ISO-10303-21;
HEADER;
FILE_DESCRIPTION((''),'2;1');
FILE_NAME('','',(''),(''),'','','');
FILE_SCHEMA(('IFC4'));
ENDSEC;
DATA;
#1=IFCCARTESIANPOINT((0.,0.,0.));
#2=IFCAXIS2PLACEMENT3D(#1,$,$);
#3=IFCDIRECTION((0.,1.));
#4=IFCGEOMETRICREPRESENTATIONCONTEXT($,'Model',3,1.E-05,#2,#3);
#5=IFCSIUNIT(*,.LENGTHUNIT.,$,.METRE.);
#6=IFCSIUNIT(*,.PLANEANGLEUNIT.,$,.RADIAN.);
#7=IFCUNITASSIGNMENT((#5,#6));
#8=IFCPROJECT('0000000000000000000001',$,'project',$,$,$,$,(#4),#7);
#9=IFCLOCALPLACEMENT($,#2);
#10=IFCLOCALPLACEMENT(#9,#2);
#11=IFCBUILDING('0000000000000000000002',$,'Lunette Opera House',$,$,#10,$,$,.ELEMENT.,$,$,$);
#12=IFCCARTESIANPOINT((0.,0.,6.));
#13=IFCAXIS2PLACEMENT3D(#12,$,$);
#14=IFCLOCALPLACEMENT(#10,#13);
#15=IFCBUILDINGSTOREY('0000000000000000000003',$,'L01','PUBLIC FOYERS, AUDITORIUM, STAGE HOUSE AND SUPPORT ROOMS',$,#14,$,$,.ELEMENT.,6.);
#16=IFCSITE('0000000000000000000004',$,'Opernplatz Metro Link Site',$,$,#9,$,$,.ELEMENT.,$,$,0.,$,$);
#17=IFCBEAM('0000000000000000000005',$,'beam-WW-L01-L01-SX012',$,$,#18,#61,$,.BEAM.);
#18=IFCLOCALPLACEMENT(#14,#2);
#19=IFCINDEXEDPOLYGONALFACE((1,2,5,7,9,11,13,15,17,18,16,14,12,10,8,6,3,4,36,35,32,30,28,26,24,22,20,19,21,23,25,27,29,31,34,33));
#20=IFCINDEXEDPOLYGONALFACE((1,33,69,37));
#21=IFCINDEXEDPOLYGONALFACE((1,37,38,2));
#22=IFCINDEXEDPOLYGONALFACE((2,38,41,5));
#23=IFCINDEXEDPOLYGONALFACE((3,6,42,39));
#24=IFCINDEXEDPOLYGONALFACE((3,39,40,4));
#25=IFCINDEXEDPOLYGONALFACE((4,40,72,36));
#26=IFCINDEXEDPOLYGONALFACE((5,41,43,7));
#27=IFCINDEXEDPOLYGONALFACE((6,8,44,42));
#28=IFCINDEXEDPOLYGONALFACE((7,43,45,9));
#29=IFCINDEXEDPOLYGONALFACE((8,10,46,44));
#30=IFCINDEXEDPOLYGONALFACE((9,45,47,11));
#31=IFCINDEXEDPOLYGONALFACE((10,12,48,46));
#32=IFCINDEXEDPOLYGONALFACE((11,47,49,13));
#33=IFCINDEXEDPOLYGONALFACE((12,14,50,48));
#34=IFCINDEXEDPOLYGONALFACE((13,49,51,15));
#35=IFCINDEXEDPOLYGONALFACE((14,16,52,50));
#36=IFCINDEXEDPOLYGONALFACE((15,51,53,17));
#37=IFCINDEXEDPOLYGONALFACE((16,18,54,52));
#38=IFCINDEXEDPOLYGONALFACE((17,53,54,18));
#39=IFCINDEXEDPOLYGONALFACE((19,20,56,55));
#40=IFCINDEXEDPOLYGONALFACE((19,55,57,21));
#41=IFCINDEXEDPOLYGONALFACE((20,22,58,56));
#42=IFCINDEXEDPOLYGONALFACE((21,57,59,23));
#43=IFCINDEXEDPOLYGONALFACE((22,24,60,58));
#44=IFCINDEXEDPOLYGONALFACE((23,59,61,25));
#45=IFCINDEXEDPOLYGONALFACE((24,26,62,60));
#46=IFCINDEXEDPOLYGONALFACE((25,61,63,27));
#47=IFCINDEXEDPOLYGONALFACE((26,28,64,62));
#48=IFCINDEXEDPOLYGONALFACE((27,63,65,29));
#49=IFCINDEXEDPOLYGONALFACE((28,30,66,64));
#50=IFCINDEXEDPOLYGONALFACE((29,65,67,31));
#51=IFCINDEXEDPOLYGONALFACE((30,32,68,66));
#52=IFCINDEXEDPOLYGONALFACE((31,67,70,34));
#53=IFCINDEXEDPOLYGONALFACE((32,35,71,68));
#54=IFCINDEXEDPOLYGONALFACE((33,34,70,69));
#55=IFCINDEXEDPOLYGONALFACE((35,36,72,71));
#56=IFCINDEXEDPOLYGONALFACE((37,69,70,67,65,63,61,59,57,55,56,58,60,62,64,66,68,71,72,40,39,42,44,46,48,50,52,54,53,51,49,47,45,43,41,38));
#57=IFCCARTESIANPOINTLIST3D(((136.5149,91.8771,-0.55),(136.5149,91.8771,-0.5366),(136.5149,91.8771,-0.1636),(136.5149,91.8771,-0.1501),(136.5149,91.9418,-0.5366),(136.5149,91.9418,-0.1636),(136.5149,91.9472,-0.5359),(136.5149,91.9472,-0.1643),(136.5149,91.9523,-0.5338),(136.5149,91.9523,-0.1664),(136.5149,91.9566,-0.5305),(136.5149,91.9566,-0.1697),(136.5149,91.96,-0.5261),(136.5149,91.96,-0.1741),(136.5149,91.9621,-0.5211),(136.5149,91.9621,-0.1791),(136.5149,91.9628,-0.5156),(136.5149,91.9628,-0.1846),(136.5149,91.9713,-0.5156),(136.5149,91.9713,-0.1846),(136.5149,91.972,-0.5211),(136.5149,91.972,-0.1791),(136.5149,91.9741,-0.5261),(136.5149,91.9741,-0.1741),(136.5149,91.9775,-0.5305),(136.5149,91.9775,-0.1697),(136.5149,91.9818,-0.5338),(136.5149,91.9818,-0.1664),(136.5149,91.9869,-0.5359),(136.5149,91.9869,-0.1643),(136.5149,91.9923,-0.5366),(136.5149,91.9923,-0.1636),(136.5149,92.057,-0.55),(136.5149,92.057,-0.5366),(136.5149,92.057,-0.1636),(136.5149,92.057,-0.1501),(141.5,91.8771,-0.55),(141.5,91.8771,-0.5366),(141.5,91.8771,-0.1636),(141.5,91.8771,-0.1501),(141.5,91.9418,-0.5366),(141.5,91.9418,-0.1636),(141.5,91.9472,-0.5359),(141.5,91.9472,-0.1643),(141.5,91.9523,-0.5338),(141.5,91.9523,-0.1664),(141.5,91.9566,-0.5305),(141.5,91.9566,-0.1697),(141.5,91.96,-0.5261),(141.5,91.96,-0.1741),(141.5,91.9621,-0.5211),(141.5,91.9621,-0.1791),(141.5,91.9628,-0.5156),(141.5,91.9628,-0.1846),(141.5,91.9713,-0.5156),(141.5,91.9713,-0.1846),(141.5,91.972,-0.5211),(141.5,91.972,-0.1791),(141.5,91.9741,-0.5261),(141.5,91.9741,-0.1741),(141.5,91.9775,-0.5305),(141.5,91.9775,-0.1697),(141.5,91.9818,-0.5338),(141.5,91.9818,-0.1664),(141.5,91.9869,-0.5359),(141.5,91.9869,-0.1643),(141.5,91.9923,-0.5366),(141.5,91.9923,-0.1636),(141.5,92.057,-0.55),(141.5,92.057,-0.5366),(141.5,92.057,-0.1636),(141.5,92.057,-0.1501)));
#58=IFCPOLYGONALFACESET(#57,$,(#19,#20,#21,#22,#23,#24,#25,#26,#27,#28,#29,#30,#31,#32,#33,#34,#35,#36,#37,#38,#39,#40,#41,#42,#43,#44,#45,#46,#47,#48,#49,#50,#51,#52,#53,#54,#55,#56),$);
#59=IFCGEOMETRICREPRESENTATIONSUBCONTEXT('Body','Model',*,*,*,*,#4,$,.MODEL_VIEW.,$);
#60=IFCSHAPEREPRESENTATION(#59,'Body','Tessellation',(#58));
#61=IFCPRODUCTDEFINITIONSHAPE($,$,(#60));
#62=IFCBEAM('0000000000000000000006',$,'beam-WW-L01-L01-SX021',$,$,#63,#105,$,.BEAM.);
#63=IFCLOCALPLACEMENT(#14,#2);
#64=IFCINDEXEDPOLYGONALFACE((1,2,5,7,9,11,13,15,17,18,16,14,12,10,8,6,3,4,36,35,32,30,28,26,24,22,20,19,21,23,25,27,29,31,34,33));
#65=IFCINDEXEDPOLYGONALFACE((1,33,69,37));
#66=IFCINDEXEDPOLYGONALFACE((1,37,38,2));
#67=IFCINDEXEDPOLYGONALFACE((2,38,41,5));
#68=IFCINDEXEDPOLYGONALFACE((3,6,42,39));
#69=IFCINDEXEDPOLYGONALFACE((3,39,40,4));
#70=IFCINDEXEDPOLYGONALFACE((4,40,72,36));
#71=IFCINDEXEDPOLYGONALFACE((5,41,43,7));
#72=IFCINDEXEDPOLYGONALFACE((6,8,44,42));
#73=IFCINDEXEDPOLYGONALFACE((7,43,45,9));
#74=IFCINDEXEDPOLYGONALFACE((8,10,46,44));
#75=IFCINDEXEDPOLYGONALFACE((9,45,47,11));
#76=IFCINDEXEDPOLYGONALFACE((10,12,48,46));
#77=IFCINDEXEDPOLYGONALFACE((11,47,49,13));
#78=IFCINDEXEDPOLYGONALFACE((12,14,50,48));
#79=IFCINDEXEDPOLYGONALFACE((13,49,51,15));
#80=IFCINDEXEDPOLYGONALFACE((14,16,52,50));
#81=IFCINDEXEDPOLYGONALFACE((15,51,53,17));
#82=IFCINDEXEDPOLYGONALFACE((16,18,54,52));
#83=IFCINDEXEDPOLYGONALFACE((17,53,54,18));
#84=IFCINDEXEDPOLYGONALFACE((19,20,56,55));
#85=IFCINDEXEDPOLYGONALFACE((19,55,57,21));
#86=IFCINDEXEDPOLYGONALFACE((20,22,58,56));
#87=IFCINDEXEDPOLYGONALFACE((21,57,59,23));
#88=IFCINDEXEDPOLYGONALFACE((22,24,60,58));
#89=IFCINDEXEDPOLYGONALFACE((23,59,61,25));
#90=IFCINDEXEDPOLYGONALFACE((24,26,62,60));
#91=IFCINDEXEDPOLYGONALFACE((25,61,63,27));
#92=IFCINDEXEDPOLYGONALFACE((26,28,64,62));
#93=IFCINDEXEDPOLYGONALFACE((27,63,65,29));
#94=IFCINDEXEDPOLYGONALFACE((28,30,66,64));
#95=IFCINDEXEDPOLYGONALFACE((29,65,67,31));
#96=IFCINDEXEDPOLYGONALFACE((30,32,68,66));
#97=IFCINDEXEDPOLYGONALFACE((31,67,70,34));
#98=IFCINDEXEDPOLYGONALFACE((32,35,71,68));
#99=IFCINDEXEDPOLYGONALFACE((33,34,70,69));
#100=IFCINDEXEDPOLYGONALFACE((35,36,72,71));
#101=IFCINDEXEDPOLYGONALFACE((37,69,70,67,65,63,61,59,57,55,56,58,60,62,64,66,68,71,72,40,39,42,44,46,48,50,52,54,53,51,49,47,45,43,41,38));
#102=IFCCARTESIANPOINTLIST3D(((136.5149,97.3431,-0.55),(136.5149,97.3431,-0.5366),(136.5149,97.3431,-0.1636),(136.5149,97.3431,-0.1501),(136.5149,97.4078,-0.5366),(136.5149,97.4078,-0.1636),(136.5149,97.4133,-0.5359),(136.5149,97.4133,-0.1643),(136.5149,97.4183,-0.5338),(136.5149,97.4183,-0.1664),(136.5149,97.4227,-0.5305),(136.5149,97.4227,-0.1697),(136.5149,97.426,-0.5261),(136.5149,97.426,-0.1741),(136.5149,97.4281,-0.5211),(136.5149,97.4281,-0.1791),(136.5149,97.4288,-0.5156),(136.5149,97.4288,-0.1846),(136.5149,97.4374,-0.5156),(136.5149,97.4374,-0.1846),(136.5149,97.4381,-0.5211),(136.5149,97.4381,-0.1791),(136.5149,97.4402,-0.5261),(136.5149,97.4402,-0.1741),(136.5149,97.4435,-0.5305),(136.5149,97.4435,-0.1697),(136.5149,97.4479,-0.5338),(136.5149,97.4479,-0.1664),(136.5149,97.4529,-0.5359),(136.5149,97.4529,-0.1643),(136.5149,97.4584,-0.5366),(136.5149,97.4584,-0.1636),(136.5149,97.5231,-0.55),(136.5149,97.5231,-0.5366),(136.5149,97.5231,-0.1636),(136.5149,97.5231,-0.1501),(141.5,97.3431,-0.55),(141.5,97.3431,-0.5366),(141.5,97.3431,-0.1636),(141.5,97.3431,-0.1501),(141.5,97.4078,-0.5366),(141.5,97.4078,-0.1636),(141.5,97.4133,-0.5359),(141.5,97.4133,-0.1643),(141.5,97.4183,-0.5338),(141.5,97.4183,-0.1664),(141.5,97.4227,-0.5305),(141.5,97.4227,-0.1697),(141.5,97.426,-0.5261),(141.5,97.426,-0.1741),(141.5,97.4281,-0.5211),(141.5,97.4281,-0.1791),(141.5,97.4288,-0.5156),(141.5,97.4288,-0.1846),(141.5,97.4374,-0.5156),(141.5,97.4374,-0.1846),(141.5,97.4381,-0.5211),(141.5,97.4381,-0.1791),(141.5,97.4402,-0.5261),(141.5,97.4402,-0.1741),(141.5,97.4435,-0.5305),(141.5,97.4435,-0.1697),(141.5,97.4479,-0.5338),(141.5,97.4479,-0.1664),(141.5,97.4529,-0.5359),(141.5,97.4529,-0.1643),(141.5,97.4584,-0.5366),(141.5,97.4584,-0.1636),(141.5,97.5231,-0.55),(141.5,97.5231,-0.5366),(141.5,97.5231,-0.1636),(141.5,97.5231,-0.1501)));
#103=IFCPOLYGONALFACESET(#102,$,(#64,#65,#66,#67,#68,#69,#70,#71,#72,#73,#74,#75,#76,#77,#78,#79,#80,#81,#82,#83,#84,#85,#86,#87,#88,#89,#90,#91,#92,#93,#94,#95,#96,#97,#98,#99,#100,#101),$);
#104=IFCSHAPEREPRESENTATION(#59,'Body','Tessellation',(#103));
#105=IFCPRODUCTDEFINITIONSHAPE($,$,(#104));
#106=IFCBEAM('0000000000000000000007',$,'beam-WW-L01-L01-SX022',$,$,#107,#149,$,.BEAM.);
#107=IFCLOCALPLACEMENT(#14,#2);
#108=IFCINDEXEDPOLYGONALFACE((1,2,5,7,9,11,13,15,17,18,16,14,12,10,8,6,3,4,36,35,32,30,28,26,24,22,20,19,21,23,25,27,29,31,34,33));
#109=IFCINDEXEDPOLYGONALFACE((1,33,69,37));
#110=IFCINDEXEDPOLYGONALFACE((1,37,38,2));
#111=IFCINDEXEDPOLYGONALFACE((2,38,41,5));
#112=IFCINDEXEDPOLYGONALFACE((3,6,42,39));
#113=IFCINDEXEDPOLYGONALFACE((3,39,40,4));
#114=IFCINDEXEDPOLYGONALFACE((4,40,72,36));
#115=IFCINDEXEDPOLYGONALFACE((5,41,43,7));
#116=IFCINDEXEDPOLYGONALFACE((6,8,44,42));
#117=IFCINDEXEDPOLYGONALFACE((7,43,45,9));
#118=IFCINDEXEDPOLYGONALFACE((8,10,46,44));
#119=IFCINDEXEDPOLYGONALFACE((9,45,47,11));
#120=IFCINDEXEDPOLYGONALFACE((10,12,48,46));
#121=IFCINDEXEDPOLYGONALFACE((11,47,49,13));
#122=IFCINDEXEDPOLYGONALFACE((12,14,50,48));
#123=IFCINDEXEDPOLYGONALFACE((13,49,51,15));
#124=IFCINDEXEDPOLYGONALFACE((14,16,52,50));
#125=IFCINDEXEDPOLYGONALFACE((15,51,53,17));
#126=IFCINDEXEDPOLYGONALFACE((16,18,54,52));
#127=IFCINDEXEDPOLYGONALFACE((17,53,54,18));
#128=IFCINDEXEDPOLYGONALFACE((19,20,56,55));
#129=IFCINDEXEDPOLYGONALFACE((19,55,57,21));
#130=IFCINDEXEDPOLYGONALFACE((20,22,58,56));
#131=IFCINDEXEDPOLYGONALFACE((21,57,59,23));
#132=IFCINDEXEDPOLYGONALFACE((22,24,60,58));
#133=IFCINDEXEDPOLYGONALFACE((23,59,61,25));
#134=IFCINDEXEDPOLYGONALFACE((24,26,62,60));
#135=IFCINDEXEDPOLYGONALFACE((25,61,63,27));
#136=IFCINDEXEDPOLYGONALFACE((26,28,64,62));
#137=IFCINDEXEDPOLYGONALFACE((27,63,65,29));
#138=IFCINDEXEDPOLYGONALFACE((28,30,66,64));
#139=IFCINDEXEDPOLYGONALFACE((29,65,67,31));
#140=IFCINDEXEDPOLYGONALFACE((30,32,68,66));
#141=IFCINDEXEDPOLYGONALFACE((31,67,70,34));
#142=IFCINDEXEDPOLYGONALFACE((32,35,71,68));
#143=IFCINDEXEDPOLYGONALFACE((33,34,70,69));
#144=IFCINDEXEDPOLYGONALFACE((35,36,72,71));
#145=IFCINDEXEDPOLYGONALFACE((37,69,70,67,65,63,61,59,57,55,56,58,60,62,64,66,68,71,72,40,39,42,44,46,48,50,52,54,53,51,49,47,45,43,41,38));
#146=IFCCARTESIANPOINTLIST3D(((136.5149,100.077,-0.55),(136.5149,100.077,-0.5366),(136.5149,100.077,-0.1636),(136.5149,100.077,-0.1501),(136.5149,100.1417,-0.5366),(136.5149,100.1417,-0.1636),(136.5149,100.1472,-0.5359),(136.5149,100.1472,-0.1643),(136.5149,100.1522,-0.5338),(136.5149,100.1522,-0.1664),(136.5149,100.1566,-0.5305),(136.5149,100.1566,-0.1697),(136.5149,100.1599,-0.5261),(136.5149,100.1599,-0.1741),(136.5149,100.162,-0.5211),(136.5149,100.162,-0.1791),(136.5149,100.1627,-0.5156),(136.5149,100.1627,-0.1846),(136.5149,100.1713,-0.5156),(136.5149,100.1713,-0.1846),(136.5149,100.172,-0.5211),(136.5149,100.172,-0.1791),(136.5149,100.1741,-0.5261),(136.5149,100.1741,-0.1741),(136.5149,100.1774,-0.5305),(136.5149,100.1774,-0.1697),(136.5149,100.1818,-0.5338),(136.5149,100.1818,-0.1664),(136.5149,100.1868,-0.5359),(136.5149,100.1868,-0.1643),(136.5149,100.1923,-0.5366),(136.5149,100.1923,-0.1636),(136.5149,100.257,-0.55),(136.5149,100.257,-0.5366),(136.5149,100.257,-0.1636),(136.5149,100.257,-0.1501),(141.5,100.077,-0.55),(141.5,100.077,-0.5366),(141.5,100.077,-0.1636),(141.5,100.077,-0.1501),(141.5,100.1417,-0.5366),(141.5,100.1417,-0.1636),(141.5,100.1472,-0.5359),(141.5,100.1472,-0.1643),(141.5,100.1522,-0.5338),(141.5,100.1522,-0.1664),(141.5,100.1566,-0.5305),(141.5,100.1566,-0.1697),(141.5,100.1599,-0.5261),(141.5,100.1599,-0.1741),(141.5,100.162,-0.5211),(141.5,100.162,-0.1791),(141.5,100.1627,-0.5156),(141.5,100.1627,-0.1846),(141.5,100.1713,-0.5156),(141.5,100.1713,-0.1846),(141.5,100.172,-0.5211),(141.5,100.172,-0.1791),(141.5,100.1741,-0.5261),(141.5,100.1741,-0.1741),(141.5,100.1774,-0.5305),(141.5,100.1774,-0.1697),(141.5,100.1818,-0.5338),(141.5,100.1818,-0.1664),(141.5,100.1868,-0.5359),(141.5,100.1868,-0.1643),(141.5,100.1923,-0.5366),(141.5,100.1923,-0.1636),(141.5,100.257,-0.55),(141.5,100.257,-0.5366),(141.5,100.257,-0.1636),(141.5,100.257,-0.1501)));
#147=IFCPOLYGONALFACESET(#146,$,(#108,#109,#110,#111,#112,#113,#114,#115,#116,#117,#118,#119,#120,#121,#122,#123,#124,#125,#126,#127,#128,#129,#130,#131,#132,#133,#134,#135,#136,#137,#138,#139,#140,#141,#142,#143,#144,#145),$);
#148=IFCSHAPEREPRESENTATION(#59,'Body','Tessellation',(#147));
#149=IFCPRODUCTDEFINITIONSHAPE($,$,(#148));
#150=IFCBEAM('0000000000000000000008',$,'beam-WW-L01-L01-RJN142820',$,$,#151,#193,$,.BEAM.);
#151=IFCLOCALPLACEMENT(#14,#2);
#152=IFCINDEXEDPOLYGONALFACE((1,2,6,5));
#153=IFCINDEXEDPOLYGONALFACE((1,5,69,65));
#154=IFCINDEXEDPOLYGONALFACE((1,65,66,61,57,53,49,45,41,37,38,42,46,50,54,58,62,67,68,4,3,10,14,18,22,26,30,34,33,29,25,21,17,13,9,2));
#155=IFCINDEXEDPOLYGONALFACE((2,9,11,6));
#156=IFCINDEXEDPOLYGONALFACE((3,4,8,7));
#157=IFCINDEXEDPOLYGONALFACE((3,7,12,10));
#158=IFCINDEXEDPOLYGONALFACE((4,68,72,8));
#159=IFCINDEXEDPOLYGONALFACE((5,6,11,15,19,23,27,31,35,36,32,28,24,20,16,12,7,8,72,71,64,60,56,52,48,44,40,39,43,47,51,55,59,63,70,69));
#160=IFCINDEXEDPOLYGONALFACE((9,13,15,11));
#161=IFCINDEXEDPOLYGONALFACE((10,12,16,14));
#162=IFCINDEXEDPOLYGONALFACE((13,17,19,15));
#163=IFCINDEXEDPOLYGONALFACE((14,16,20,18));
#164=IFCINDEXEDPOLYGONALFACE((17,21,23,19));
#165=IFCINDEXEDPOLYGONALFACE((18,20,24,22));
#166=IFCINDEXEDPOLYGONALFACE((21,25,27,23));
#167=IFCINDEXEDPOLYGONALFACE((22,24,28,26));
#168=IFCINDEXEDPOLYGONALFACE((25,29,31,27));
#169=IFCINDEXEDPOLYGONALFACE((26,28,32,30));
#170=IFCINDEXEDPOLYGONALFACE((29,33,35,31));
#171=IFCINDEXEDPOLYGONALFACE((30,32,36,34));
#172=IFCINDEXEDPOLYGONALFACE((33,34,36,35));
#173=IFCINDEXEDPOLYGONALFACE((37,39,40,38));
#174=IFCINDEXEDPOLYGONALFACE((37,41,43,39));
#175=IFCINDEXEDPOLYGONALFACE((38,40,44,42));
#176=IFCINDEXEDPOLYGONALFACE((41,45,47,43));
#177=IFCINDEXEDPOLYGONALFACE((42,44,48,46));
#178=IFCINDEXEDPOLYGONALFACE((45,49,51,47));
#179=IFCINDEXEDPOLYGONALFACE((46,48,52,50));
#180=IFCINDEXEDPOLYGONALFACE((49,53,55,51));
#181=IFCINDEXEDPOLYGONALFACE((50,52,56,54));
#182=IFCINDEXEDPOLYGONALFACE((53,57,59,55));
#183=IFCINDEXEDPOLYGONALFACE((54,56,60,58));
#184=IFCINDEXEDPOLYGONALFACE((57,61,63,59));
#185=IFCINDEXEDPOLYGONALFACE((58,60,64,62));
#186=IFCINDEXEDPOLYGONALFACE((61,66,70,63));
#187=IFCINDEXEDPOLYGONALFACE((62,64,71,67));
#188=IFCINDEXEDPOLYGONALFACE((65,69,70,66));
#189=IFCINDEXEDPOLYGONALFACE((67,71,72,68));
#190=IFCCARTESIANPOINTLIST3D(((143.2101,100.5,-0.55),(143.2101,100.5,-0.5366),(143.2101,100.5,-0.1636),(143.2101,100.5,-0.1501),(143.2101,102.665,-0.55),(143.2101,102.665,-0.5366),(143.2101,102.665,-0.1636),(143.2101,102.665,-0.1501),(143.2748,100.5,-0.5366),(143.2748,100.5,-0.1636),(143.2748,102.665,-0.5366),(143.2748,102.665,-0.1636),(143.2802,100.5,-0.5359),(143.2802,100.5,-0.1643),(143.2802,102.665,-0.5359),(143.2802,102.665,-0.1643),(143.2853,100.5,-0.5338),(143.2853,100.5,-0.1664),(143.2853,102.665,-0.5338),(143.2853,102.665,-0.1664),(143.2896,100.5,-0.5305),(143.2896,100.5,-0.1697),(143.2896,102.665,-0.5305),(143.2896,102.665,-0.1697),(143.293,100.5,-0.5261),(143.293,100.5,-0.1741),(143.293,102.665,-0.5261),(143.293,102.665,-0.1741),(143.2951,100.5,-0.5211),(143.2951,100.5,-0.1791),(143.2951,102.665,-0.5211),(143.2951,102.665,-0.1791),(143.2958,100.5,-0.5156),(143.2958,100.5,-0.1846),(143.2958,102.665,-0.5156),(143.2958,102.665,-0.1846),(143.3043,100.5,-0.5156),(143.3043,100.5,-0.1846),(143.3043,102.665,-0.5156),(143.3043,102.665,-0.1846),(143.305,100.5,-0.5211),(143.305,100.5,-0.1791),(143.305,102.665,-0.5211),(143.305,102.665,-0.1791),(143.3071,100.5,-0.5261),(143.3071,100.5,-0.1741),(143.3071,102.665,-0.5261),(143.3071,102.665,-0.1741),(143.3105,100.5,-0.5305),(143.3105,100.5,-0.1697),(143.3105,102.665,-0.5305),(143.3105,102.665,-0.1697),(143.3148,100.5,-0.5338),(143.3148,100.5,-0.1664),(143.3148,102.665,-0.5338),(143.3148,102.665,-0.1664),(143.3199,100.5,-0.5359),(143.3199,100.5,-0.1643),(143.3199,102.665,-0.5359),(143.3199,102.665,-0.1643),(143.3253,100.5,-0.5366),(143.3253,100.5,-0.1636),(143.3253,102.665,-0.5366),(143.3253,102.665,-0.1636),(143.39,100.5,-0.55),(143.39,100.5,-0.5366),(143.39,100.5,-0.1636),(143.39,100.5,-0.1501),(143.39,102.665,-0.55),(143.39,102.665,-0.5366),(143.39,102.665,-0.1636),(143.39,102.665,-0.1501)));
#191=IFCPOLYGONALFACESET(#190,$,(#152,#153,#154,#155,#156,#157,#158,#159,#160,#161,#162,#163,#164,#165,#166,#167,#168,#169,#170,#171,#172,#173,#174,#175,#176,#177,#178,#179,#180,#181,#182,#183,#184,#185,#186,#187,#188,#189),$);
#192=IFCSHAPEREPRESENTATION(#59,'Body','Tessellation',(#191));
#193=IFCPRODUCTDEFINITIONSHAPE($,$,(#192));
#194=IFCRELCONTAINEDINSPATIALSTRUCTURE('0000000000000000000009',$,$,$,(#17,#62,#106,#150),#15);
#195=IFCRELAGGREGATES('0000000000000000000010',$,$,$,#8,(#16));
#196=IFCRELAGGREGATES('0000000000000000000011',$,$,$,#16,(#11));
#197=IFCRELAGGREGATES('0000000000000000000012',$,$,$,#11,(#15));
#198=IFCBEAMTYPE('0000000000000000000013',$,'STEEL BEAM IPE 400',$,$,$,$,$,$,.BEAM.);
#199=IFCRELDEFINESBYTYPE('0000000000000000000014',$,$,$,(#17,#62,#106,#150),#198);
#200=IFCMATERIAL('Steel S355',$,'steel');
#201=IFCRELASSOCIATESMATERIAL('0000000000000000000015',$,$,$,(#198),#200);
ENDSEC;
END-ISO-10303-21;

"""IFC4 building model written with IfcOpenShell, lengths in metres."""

from ifc_helpers import new_model, si_unit, direction, frame, origin, origin_2d, place, context, subcontext, project, spatial, i_section, extrude, material, material_profile, profile_set, type_object, element, save


model = new_model("IFC4")

# Units and contexts
model_context = context("Model", 3, precision=1e-05, world=origin(), true_north=direction((0.0, 1.0)))
body_context = subcontext(model_context, "Body", "Model", "MODEL_VIEW")
ifc_project = project(units=[si_unit("LENGTHUNIT", "METRE"), si_unit("PLANEANGLEUNIT", "RADIAN")], contexts=[model_context])

# Site, building, storey
site_placement = place(None, origin())
site = spatial("IfcSite", under=ifc_project, at=site_placement, Name="Opernplatz Metro Link Site", CompositionType="ELEMENT", RefElevation=0.0)
building_placement = place(site_placement, origin())
building = spatial("IfcBuilding", under=site, at=building_placement, Name="Lunette Opera House", CompositionType="ELEMENT")
storey_placement = place(building_placement, frame((0.0, 0.0, 6.0)))
storey = spatial("IfcBuildingStorey", under=building, at=storey_placement, Name="L01", Description="PUBLIC FOYERS, AUDITORIUM, STAGE HOUSE AND SUPPORT ROOMS", CompositionType="ELEMENT", Elevation=6.0)

# Beams
ifc_material_1 = material(Name="Steel S355", Category="steel")
ifc_material_profile_1 = material_profile(ifc_material_1, i_section(OverallWidth=0.1799, OverallDepth=0.3999, WebThickness=0.0085, FlangeThickness=0.0134, FilletRadius=0.021, at=origin_2d()), Name="IPE 400")
ifc_profile_set_1 = profile_set([ifc_material_profile_1], Name="Steel S355")
beam_type_1 = type_object("IfcBeamType", Name="STEEL BEAM IPE 400", PredefinedType="BEAM", material=ifc_profile_set_1)
for number, where, z_axis, x_axis, name in (
    (1, (136.5149, 91.967, -0.3501), (1.0, 0.0, 0.0), (0.0, 1.0, 0.0), "beam-WW-L01-L01-SX012"),
    (2, (136.5149, 97.4331, -0.3501), (1.0, 0.0, 0.0), (0.0, 1.0, 0.0), "beam-WW-L01-L01-SX021"),
    (3, (136.5149, 100.167, -0.3501), (1.0, 0.0, 0.0), (0.0, 1.0, 0.0), "beam-WW-L01-L01-SX022"),
):
    element("IfcBeam", number, at=place(storey_placement, frame(where, z_axis=z_axis, x_axis=x_axis)), inside=storey, type_object=beam_type_1, Name=name, PredefinedType="BEAM", context=body_context, shape_type="SweptSolid", body=[
        extrude(i_section(OverallWidth=0.1799, OverallDepth=0.3999, WebThickness=0.0085, FlangeThickness=0.0134, FilletRadius=0.021, at=origin_2d()), origin(), (0.0, 0.0, 1.0), 4.9851),
    ])
beam_1_placement = place(storey_placement, frame((143.3, 100.5, -0.3501), z_axis=(0.0, 1.0, 0.0), x_axis=(-1.0, 0.0, 0.0)))
element("IfcBeam", 4, at=beam_1_placement, inside=storey, type_object=beam_type_1, Name="beam-WW-L01-L01-RJN142820", PredefinedType="BEAM", context=body_context, shape_type="SweptSolid", body=[
    extrude(i_section(OverallWidth=0.1799, OverallDepth=0.3999, WebThickness=0.0085, FlangeThickness=0.0134, FilletRadius=0.021, at=origin_2d()), origin(), (0.0, 0.0, 1.0), 2.165),
])

save(model, "model.ifc")
